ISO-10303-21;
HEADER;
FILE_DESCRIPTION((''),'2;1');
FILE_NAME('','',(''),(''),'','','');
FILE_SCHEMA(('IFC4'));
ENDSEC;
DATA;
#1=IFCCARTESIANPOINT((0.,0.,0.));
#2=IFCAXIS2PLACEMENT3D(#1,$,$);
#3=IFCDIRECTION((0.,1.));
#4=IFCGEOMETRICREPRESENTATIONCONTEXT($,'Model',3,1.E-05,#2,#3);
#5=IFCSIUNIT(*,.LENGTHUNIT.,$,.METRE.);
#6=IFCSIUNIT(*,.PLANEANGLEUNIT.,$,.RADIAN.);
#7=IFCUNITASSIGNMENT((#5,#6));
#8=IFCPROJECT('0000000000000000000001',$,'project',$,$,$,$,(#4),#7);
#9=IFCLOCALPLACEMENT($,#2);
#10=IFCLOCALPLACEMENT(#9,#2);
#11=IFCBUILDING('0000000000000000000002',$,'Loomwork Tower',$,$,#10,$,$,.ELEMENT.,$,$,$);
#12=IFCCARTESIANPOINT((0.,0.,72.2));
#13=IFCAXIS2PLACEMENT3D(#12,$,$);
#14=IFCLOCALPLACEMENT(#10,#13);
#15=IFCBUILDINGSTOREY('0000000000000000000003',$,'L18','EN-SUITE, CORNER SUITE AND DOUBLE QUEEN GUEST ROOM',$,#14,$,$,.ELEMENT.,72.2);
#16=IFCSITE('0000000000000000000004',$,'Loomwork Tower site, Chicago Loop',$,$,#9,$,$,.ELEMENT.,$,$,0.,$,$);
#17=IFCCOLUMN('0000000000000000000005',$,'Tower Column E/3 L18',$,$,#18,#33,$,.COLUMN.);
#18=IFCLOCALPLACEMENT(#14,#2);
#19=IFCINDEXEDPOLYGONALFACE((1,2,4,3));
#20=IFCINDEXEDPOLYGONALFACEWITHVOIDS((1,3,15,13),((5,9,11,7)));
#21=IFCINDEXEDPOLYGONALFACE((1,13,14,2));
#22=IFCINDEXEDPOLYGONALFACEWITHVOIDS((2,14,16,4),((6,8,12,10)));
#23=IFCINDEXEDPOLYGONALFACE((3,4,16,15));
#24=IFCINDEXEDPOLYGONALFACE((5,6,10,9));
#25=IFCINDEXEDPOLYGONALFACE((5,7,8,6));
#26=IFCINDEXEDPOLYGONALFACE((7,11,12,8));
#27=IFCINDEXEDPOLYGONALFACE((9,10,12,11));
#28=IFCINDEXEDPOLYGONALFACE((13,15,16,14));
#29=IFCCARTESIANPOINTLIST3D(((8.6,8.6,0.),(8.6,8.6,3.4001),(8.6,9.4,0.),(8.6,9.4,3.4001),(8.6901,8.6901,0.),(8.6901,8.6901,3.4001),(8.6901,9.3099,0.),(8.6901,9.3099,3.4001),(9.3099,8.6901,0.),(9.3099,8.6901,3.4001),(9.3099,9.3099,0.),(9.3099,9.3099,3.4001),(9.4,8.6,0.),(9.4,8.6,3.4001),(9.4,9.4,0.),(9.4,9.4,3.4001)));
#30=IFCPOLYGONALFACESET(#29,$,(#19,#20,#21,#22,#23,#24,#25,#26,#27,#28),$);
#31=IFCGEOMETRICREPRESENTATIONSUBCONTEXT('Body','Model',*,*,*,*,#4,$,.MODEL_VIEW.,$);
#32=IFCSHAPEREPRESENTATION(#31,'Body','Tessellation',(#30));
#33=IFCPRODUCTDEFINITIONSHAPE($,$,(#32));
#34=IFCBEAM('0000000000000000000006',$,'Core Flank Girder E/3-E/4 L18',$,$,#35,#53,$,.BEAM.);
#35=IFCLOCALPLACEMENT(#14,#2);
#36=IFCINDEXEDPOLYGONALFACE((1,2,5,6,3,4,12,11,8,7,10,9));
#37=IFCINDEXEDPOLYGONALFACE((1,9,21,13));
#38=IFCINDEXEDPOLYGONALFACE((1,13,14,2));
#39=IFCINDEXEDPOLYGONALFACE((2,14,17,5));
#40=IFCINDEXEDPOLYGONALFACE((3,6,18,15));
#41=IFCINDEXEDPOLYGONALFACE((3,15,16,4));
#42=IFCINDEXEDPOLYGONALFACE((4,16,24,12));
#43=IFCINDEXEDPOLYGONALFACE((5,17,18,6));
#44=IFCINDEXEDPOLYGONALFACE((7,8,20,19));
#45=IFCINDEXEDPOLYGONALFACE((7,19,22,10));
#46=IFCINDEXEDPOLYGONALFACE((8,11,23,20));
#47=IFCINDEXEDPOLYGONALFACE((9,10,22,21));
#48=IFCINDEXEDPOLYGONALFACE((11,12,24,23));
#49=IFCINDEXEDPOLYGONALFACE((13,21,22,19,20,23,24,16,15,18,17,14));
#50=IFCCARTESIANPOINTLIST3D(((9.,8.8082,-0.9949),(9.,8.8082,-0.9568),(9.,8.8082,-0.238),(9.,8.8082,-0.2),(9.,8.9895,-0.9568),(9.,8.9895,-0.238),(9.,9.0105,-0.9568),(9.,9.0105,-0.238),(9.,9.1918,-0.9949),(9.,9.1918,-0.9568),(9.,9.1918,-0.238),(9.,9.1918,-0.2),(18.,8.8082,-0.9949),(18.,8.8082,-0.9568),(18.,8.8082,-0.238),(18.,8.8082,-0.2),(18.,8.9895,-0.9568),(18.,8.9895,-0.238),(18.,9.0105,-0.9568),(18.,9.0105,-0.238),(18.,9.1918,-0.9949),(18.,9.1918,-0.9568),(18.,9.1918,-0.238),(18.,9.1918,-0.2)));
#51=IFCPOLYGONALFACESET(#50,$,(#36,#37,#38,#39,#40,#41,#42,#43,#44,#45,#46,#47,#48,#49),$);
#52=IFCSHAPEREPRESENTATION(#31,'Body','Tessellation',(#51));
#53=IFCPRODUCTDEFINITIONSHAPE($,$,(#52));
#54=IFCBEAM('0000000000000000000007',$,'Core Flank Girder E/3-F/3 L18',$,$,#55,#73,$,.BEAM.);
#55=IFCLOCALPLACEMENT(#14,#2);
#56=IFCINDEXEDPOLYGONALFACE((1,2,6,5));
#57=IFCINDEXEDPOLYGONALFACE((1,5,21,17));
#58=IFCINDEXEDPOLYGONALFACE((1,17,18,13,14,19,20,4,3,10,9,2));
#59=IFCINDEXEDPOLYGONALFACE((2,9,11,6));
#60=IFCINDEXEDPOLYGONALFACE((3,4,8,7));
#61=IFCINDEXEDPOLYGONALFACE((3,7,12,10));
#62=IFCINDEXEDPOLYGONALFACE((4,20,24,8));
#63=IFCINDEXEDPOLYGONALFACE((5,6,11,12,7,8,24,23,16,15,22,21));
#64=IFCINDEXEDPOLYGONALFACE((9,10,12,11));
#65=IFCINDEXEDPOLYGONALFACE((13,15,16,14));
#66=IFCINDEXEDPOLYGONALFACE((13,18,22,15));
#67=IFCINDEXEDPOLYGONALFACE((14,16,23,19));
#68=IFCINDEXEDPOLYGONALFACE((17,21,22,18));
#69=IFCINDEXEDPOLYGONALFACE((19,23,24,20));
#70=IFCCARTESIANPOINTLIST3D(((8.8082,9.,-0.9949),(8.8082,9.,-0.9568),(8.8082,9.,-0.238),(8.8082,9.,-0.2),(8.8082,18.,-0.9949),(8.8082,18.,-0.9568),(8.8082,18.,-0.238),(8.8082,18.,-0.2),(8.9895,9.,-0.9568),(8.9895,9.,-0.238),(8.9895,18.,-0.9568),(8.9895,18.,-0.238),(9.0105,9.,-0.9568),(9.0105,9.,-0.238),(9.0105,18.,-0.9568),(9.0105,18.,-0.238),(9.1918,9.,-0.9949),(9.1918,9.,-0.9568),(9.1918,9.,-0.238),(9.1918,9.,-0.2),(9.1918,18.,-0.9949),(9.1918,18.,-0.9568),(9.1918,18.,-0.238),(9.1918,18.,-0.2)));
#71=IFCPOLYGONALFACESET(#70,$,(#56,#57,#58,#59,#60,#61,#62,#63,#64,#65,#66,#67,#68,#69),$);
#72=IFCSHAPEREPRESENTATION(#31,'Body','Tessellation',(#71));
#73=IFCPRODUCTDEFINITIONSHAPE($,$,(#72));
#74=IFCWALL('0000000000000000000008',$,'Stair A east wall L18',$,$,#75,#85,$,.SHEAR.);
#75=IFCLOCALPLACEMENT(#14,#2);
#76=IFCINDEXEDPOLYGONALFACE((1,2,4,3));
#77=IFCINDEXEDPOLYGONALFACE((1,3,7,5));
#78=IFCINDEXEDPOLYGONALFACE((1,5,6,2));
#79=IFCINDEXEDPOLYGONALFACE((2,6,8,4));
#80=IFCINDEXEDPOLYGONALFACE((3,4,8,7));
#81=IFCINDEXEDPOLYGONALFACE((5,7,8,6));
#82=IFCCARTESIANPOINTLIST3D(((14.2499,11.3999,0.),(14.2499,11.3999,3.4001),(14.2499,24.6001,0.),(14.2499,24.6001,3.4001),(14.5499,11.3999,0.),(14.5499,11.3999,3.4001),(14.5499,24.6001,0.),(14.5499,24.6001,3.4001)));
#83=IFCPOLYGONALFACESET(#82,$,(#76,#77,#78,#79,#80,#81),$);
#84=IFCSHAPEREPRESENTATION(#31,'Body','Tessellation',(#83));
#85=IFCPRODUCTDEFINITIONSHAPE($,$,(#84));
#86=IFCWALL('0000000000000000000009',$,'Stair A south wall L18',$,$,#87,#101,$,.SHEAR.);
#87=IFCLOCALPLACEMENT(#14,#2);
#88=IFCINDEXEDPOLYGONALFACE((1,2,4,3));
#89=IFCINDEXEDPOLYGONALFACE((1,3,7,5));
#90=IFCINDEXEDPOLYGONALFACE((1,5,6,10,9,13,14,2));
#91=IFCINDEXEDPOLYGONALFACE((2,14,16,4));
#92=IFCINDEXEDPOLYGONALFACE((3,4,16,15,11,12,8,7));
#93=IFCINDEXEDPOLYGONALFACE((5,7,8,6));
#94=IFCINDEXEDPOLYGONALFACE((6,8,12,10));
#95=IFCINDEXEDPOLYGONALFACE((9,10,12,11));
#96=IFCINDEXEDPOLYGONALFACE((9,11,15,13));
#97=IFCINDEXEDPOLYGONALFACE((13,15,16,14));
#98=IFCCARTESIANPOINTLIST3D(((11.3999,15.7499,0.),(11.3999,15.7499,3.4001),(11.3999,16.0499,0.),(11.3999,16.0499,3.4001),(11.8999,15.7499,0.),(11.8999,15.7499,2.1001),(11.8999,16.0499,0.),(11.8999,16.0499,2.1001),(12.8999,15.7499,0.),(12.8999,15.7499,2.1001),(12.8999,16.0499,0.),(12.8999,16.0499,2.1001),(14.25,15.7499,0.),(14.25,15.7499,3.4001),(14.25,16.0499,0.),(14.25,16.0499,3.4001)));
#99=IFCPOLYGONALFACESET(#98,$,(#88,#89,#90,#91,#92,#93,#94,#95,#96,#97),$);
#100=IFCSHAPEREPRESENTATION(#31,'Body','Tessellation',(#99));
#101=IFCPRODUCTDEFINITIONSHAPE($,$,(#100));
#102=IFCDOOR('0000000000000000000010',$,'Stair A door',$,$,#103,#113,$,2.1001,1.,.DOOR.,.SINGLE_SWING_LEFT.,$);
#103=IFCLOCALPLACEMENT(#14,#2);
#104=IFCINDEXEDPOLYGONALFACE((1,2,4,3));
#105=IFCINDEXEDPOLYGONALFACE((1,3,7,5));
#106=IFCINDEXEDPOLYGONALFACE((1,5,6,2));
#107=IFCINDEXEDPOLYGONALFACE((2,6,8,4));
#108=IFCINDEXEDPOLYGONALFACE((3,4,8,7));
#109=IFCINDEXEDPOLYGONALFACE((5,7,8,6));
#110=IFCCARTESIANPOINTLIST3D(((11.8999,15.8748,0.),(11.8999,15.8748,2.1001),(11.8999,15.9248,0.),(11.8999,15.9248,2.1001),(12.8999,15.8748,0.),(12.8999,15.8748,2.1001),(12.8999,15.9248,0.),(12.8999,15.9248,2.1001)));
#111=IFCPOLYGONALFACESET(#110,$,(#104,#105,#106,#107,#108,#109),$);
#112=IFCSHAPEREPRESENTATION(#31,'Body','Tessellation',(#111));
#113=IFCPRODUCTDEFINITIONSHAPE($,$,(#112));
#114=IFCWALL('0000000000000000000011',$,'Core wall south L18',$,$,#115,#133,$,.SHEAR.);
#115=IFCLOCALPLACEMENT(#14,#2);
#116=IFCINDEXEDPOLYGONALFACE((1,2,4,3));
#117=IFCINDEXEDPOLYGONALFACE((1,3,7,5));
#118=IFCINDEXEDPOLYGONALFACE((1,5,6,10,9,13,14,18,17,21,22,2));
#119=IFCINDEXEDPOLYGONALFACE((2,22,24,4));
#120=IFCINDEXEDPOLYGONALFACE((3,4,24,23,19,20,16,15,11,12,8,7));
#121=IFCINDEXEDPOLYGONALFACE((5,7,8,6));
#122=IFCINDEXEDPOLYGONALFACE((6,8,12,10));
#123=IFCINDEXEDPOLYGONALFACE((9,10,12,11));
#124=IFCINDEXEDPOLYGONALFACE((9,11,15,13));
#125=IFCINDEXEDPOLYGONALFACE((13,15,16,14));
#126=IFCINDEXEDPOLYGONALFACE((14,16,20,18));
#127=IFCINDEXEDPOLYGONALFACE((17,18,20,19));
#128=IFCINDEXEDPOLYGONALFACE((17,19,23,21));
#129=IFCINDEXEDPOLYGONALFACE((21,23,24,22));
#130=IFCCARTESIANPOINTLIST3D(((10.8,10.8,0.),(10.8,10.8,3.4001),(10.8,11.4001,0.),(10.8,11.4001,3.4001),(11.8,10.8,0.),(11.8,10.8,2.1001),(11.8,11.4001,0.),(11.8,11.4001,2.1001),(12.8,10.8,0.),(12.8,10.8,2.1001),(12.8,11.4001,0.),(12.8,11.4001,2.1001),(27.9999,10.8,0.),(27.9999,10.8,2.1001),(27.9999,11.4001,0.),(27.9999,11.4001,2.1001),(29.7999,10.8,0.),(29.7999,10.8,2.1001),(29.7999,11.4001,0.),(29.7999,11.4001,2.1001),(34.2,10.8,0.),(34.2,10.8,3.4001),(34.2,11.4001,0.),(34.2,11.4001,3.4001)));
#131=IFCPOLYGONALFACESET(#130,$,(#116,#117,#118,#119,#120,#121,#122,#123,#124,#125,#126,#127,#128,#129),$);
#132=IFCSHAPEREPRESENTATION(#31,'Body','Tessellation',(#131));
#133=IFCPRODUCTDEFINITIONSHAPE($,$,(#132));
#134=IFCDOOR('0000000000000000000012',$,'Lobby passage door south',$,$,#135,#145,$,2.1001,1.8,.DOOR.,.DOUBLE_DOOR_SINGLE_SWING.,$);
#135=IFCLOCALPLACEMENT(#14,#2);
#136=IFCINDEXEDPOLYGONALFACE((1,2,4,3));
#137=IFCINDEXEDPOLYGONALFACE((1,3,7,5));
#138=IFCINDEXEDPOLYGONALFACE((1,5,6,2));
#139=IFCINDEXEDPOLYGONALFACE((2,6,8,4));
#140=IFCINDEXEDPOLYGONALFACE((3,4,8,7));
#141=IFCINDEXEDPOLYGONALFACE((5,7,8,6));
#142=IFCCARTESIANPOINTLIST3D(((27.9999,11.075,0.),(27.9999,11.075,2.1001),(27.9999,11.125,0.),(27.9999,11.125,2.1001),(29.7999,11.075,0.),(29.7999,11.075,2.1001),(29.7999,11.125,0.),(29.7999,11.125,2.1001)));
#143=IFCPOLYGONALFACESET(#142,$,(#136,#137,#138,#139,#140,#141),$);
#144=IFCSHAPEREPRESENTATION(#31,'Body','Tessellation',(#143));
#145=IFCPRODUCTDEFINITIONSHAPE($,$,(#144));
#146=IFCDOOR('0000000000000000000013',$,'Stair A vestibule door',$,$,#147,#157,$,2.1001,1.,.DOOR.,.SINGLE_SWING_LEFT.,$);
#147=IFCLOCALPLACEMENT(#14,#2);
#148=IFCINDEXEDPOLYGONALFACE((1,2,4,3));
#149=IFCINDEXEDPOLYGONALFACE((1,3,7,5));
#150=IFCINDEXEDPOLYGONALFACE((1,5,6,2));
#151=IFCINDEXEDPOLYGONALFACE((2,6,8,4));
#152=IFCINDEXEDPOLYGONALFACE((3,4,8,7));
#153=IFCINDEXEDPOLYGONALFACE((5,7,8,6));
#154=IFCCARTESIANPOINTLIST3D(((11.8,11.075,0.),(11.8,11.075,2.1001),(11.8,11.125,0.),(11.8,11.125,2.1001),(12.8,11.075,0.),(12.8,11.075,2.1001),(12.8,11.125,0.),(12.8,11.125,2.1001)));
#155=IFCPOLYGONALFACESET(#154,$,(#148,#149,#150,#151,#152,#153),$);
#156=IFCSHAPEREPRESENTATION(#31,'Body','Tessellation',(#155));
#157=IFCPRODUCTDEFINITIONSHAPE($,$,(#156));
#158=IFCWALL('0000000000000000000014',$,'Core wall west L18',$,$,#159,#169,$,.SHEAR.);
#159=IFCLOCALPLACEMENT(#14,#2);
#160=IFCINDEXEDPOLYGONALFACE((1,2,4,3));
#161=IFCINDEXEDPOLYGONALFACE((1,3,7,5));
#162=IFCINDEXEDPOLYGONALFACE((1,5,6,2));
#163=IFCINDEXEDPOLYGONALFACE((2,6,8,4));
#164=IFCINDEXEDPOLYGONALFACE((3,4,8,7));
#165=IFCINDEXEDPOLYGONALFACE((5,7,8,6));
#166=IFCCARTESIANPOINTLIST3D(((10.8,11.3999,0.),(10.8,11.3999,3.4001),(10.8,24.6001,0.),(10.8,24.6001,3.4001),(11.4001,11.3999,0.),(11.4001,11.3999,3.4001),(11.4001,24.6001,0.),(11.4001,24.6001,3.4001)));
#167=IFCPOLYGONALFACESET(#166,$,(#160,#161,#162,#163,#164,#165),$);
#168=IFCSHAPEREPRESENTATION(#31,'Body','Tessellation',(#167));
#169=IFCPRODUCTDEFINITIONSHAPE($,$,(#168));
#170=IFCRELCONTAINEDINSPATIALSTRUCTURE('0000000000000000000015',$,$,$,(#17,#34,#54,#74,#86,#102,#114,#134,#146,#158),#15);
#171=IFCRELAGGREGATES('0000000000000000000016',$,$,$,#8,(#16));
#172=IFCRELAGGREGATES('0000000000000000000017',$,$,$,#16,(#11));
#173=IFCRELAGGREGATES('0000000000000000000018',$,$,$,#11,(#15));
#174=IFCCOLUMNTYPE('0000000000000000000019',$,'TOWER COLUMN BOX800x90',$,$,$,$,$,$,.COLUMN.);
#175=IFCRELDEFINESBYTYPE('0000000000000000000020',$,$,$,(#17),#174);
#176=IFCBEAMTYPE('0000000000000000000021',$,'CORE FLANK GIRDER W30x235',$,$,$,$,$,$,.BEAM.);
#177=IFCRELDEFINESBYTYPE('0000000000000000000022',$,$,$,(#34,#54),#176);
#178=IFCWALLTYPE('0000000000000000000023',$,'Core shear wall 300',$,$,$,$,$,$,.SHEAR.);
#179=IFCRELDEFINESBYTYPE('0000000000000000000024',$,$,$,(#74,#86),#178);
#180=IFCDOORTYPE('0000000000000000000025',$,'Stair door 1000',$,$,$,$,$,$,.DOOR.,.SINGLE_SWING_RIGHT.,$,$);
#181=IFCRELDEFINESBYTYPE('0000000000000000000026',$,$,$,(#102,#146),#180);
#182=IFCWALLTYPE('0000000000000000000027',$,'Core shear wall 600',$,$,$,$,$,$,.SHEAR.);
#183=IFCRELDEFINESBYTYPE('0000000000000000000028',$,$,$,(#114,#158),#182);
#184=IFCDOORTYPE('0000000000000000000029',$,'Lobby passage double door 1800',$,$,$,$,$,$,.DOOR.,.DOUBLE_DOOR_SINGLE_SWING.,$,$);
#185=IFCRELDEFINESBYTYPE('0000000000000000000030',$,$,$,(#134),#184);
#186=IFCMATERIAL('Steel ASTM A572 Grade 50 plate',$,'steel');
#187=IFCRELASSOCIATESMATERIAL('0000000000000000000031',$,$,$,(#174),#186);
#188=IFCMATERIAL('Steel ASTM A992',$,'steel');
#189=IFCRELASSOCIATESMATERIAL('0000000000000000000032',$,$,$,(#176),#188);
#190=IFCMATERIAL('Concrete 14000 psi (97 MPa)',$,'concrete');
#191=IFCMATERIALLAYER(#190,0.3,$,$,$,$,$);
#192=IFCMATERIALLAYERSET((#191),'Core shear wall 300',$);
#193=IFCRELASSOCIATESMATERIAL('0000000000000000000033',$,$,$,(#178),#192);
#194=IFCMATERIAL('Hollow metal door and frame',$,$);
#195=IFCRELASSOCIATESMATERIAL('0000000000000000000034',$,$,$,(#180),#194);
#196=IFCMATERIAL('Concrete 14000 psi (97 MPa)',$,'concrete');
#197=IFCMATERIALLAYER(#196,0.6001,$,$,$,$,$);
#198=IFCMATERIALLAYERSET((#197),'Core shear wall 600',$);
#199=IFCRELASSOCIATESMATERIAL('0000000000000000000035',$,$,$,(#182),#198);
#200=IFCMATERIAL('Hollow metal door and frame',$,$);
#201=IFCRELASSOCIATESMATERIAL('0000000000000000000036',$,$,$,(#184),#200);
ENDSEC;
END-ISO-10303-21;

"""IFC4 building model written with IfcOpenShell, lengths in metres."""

from ifc_helpers import new_model, si_unit, direction, frame, frame_2d, origin, origin_2d, place, context, subcontext, project, spatial, rectangle, hollow_rectangle, i_section, extrude, material, layer, layer_set, material_profile, profile_set, type_object, element, fill, save


model = new_model("IFC4")

# Units and contexts
model_context = context("Model", 3, precision=1e-05, world=origin(), true_north=direction((0.0, 1.0)))
body_context = subcontext(model_context, "Body", "Model", "MODEL_VIEW")
ifc_project = project(units=[si_unit("LENGTHUNIT", "METRE"), si_unit("PLANEANGLEUNIT", "RADIAN")], contexts=[model_context])

# Site, building, storey
site_placement = place(None, origin())
site = spatial("IfcSite", under=ifc_project, at=site_placement, Name="Loomwork Tower site, Chicago Loop", CompositionType="ELEMENT", RefElevation=0.0)
building_placement = place(site_placement, origin())
building = spatial("IfcBuilding", under=site, at=building_placement, Name="Loomwork Tower", CompositionType="ELEMENT")
storey_placement = place(building_placement, frame((0.0, 0.0, 72.2)))
storey = spatial("IfcBuildingStorey", under=building, at=storey_placement, Name="L18", Description="EN-SUITE, CORNER SUITE AND DOUBLE QUEEN GUEST ROOM", CompositionType="ELEMENT", Elevation=72.2)

# Column
ifc_material_1 = material(Name="Steel ASTM A572 Grade 50 plate", Category="steel")
ifc_material_profile_1 = material_profile(ifc_material_1, hollow_rectangle(XDim=0.8, YDim=0.8, WallThickness=0.0901, at=origin_2d()), Name="BOX800x90")
ifc_profile_set_1 = profile_set([ifc_material_profile_1], Name="Steel ASTM A572 Grade 50 plate")
column_type = type_object("IfcColumnType", Name="TOWER COLUMN BOX800x90", PredefinedType="COLUMN", material=ifc_profile_set_1)
column_placement = place(storey_placement, frame((9.0, 9.0, 0.0), z_axis=(0.0, 0.0, 1.0), x_axis=(1.0, 0.0, 0.0)))
element("IfcColumn", 1, at=column_placement, inside=storey, type_object=column_type, Name="Tower Column E/3 L18", PredefinedType="COLUMN", context=body_context, shape_type="SweptSolid", body=[
    extrude(hollow_rectangle(XDim=0.8, YDim=0.8, WallThickness=0.0901, at=origin_2d()), origin(), (0.0, 0.0, 1.0), 3.4001),
])

# Beams
ifc_material_2 = material(Name="Steel ASTM A992", Category="steel")
ifc_material_profile_2 = material_profile(ifc_material_2, i_section(OverallWidth=0.3835, OverallDepth=0.7949, WebThickness=0.021, FlangeThickness=0.0381, at=origin_2d()), Name="W30x235")
ifc_profile_set_2 = profile_set([ifc_material_profile_2], Name="Steel ASTM A992")
beam_type = type_object("IfcBeamType", Name="CORE FLANK GIRDER W30x235", PredefinedType="BEAM", material=ifc_profile_set_2)
for number, where, z_axis, x_axis, name in (
    (2, (9.0, 9.0, -0.5974), (1.0, 0.0, 0.0), (0.0, 1.0, 0.0), "Core Flank Girder E/3-E/4 L18"),
    (3, (9.0, 9.0, -0.5974), (0.0, 1.0, 0.0), (-1.0, 0.0, 0.0), "Core Flank Girder E/3-F/3 L18"),
):
    element("IfcBeam", number, at=place(storey_placement, frame(where, z_axis=z_axis, x_axis=x_axis)), inside=storey, type_object=beam_type, Name=name, PredefinedType="BEAM", context=body_context, shape_type="SweptSolid", body=[
        extrude(i_section(OverallWidth=0.3835, OverallDepth=0.7949, WebThickness=0.021, FlangeThickness=0.0381, at=origin_2d()), origin(), (0.0, 0.0, 1.0), 9.0),
    ])

# Wall
ifc_material_3 = material(Name="Concrete 14000 psi (97 MPa)", Category="concrete")
ifc_layer_1 = layer(ifc_material_3, 0.3)
ifc_layer_set_1 = layer_set([ifc_layer_1], Name="Core shear wall 300")
wall_type_1 = type_object("IfcWallType", Name="Core shear wall 300", PredefinedType="SHEAR", material=ifc_layer_set_1)
wall_1_placement = place(storey_placement, frame((14.3999, 11.3999, 0.0), z_axis=(0.0, 0.0, 1.0), x_axis=(0.0, 1.0, 0.0)))
element("IfcWall", 4, at=wall_1_placement, inside=storey, type_object=wall_type_1, Name="Stair A east wall L18", PredefinedType="SHEAR", context=body_context, shape_type="SweptSolid", body=[
    extrude(rectangle(XDim=13.2002, YDim=0.3, at=frame_2d((6.6001, 0.0))), origin(), (0.0, 0.0, 1.0), 3.4001),
])

# Wall, opening, door
wall_2_placement = place(storey_placement, frame((11.3999, 15.8999, 0.0), z_axis=(0.0, 0.0, 1.0), x_axis=(1.0, 0.0, 0.0)))
wall_2 = element("IfcWall", 5, at=wall_2_placement, inside=storey, type_object=wall_type_1, Name="Stair A south wall L18", PredefinedType="SHEAR", context=body_context, shape_type="SweptSolid", body=[
    extrude(rectangle(XDim=2.8501, YDim=0.3, at=frame_2d((1.425, 0.0))), origin(), (0.0, 0.0, 1.0), 3.4001),
])
opening_1_placement = place(wall_2_placement, frame((0.5, 0.0, 0.0)))
opening_1 = element("IfcOpeningElement", 6, at=opening_1_placement, cuts=wall_2, PredefinedType="OPENING", context=body_context, shape_type="SweptSolid", body=[
    extrude(rectangle(XDim=1.0, YDim=2.1001, at=frame_2d((0.5, 1.05))), frame((0.0, 0.1599, 0.0), z_axis=(0.0, -1.0, 0.0), x_axis=(1.0, 0.0, 0.0)), (0.0, 0.0, 1.0), 0.3201),
])
ifc_material_4 = material(Name="Hollow metal door and frame")
door_type_1 = type_object("IfcDoorType", Name="Stair door 1000", OperationType="SINGLE_SWING_RIGHT", PredefinedType="DOOR", material=ifc_material_4)
door_1_placement = place(opening_1_placement, origin())
door_1 = element("IfcDoor", 7, at=door_1_placement, inside=storey, type_object=door_type_1, Name="Stair A door", OperationType="SINGLE_SWING_LEFT", OverallHeight=2.1001, OverallWidth=1.0, PredefinedType="DOOR", context=body_context, shape_type="SweptSolid", body=[
    extrude(rectangle(XDim=1.0, YDim=2.1001, at=frame_2d((0.5, 1.05))), frame((0.0, 0.0249, 0.0), z_axis=(0.0, -1.0, 0.0), x_axis=(1.0, 0.0, 0.0)), (0.0, 0.0, 1.0), 0.05),
])
fill(opening_1, door_1)

# Wall, openings, doors
ifc_material_5 = material(Name="Concrete 14000 psi (97 MPa)", Category="concrete")
ifc_layer_2 = layer(ifc_material_5, 0.6001)
ifc_layer_set_2 = layer_set([ifc_layer_2], Name="Core shear wall 600")
wall_type_2 = type_object("IfcWallType", Name="Core shear wall 600", PredefinedType="SHEAR", material=ifc_layer_set_2)
wall_3_placement = place(storey_placement, frame((10.8, 11.1001, 0.0), z_axis=(0.0, 0.0, 1.0), x_axis=(1.0, 0.0, 0.0)))
wall_3 = element("IfcWall", 8, at=wall_3_placement, inside=storey, type_object=wall_type_2, Name="Core wall south L18", PredefinedType="SHEAR", context=body_context, shape_type="SweptSolid", body=[
    extrude(rectangle(XDim=23.3999, YDim=0.6001, at=frame_2d((11.7, 0.0))), origin(), (0.0, 0.0, 1.0), 3.4001),
])
opening_2_placement = place(wall_3_placement, frame((1.0, 0.0, 0.0)))
opening_2 = element("IfcOpeningElement", 9, at=opening_2_placement, cuts=wall_3, PredefinedType="OPENING", context=body_context, shape_type="SweptSolid", body=[
    extrude(rectangle(XDim=1.0, YDim=2.1001, at=frame_2d((0.5, 1.05))), frame((0.0, 0.3101, 0.0), z_axis=(0.0, -1.0, 0.0), x_axis=(1.0, 0.0, 0.0)), (0.0, 0.0, 1.0), 0.6201),
])
opening_3_placement = place(wall_3_placement, frame((17.2, 0.0, 0.0)))
opening_3 = element("IfcOpeningElement", 10, at=opening_3_placement, cuts=wall_3, PredefinedType="OPENING", context=body_context, shape_type="SweptSolid", body=[
    extrude(rectangle(XDim=1.8, YDim=2.1001, at=frame_2d((0.8999, 1.05))), frame((0.0, 0.3101, 0.0), z_axis=(0.0, -1.0, 0.0), x_axis=(1.0, 0.0, 0.0)), (0.0, 0.0, 1.0), 0.6201),
])
ifc_material_6 = material(Name="Hollow metal door and frame")
door_type_2 = type_object("IfcDoorType", Name="Lobby passage double door 1800", OperationType="DOUBLE_DOOR_SINGLE_SWING", PredefinedType="DOOR", material=ifc_material_6)
door_2_placement = place(opening_3_placement, origin())
door_2 = element("IfcDoor", 11, at=door_2_placement, inside=storey, type_object=door_type_2, Name="Lobby passage door south", OperationType="DOUBLE_DOOR_SINGLE_SWING", OverallHeight=2.1001, OverallWidth=1.8, PredefinedType="DOOR", context=body_context, shape_type="SweptSolid", body=[
    extrude(rectangle(XDim=1.8, YDim=2.1001, at=frame_2d((0.8999, 1.05))), frame((0.0, 0.0249, 0.0), z_axis=(0.0, -1.0, 0.0), x_axis=(1.0, 0.0, 0.0)), (0.0, 0.0, 1.0), 0.05),
])
fill(opening_3, door_2)
door_3_placement = place(opening_2_placement, origin())
door_3 = element("IfcDoor", 12, at=door_3_placement, inside=storey, type_object=door_type_1, Name="Stair A vestibule door", OperationType="SINGLE_SWING_LEFT", OverallHeight=2.1001, OverallWidth=1.0, PredefinedType="DOOR", context=body_context, shape_type="SweptSolid", body=[
    extrude(rectangle(XDim=1.0, YDim=2.1001, at=frame_2d((0.5, 1.05))), frame((0.0, 0.0249, 0.0), z_axis=(0.0, -1.0, 0.0), x_axis=(1.0, 0.0, 0.0)), (0.0, 0.0, 1.0), 0.05),
])
fill(opening_2, door_3)

# Wall
wall_4_placement = place(storey_placement, frame((11.1001, 11.3999, 0.0), z_axis=(0.0, 0.0, 1.0), x_axis=(0.0, 1.0, 0.0)))
element("IfcWall", 13, at=wall_4_placement, inside=storey, type_object=wall_type_2, Name="Core wall west L18", PredefinedType="SHEAR", context=body_context, shape_type="SweptSolid", body=[
    extrude(rectangle(XDim=13.2002, YDim=0.6001, at=frame_2d((6.6001, 0.0))), origin(), (0.0, 0.0, 1.0), 3.4001),
])

save(model, "model.ifc")
